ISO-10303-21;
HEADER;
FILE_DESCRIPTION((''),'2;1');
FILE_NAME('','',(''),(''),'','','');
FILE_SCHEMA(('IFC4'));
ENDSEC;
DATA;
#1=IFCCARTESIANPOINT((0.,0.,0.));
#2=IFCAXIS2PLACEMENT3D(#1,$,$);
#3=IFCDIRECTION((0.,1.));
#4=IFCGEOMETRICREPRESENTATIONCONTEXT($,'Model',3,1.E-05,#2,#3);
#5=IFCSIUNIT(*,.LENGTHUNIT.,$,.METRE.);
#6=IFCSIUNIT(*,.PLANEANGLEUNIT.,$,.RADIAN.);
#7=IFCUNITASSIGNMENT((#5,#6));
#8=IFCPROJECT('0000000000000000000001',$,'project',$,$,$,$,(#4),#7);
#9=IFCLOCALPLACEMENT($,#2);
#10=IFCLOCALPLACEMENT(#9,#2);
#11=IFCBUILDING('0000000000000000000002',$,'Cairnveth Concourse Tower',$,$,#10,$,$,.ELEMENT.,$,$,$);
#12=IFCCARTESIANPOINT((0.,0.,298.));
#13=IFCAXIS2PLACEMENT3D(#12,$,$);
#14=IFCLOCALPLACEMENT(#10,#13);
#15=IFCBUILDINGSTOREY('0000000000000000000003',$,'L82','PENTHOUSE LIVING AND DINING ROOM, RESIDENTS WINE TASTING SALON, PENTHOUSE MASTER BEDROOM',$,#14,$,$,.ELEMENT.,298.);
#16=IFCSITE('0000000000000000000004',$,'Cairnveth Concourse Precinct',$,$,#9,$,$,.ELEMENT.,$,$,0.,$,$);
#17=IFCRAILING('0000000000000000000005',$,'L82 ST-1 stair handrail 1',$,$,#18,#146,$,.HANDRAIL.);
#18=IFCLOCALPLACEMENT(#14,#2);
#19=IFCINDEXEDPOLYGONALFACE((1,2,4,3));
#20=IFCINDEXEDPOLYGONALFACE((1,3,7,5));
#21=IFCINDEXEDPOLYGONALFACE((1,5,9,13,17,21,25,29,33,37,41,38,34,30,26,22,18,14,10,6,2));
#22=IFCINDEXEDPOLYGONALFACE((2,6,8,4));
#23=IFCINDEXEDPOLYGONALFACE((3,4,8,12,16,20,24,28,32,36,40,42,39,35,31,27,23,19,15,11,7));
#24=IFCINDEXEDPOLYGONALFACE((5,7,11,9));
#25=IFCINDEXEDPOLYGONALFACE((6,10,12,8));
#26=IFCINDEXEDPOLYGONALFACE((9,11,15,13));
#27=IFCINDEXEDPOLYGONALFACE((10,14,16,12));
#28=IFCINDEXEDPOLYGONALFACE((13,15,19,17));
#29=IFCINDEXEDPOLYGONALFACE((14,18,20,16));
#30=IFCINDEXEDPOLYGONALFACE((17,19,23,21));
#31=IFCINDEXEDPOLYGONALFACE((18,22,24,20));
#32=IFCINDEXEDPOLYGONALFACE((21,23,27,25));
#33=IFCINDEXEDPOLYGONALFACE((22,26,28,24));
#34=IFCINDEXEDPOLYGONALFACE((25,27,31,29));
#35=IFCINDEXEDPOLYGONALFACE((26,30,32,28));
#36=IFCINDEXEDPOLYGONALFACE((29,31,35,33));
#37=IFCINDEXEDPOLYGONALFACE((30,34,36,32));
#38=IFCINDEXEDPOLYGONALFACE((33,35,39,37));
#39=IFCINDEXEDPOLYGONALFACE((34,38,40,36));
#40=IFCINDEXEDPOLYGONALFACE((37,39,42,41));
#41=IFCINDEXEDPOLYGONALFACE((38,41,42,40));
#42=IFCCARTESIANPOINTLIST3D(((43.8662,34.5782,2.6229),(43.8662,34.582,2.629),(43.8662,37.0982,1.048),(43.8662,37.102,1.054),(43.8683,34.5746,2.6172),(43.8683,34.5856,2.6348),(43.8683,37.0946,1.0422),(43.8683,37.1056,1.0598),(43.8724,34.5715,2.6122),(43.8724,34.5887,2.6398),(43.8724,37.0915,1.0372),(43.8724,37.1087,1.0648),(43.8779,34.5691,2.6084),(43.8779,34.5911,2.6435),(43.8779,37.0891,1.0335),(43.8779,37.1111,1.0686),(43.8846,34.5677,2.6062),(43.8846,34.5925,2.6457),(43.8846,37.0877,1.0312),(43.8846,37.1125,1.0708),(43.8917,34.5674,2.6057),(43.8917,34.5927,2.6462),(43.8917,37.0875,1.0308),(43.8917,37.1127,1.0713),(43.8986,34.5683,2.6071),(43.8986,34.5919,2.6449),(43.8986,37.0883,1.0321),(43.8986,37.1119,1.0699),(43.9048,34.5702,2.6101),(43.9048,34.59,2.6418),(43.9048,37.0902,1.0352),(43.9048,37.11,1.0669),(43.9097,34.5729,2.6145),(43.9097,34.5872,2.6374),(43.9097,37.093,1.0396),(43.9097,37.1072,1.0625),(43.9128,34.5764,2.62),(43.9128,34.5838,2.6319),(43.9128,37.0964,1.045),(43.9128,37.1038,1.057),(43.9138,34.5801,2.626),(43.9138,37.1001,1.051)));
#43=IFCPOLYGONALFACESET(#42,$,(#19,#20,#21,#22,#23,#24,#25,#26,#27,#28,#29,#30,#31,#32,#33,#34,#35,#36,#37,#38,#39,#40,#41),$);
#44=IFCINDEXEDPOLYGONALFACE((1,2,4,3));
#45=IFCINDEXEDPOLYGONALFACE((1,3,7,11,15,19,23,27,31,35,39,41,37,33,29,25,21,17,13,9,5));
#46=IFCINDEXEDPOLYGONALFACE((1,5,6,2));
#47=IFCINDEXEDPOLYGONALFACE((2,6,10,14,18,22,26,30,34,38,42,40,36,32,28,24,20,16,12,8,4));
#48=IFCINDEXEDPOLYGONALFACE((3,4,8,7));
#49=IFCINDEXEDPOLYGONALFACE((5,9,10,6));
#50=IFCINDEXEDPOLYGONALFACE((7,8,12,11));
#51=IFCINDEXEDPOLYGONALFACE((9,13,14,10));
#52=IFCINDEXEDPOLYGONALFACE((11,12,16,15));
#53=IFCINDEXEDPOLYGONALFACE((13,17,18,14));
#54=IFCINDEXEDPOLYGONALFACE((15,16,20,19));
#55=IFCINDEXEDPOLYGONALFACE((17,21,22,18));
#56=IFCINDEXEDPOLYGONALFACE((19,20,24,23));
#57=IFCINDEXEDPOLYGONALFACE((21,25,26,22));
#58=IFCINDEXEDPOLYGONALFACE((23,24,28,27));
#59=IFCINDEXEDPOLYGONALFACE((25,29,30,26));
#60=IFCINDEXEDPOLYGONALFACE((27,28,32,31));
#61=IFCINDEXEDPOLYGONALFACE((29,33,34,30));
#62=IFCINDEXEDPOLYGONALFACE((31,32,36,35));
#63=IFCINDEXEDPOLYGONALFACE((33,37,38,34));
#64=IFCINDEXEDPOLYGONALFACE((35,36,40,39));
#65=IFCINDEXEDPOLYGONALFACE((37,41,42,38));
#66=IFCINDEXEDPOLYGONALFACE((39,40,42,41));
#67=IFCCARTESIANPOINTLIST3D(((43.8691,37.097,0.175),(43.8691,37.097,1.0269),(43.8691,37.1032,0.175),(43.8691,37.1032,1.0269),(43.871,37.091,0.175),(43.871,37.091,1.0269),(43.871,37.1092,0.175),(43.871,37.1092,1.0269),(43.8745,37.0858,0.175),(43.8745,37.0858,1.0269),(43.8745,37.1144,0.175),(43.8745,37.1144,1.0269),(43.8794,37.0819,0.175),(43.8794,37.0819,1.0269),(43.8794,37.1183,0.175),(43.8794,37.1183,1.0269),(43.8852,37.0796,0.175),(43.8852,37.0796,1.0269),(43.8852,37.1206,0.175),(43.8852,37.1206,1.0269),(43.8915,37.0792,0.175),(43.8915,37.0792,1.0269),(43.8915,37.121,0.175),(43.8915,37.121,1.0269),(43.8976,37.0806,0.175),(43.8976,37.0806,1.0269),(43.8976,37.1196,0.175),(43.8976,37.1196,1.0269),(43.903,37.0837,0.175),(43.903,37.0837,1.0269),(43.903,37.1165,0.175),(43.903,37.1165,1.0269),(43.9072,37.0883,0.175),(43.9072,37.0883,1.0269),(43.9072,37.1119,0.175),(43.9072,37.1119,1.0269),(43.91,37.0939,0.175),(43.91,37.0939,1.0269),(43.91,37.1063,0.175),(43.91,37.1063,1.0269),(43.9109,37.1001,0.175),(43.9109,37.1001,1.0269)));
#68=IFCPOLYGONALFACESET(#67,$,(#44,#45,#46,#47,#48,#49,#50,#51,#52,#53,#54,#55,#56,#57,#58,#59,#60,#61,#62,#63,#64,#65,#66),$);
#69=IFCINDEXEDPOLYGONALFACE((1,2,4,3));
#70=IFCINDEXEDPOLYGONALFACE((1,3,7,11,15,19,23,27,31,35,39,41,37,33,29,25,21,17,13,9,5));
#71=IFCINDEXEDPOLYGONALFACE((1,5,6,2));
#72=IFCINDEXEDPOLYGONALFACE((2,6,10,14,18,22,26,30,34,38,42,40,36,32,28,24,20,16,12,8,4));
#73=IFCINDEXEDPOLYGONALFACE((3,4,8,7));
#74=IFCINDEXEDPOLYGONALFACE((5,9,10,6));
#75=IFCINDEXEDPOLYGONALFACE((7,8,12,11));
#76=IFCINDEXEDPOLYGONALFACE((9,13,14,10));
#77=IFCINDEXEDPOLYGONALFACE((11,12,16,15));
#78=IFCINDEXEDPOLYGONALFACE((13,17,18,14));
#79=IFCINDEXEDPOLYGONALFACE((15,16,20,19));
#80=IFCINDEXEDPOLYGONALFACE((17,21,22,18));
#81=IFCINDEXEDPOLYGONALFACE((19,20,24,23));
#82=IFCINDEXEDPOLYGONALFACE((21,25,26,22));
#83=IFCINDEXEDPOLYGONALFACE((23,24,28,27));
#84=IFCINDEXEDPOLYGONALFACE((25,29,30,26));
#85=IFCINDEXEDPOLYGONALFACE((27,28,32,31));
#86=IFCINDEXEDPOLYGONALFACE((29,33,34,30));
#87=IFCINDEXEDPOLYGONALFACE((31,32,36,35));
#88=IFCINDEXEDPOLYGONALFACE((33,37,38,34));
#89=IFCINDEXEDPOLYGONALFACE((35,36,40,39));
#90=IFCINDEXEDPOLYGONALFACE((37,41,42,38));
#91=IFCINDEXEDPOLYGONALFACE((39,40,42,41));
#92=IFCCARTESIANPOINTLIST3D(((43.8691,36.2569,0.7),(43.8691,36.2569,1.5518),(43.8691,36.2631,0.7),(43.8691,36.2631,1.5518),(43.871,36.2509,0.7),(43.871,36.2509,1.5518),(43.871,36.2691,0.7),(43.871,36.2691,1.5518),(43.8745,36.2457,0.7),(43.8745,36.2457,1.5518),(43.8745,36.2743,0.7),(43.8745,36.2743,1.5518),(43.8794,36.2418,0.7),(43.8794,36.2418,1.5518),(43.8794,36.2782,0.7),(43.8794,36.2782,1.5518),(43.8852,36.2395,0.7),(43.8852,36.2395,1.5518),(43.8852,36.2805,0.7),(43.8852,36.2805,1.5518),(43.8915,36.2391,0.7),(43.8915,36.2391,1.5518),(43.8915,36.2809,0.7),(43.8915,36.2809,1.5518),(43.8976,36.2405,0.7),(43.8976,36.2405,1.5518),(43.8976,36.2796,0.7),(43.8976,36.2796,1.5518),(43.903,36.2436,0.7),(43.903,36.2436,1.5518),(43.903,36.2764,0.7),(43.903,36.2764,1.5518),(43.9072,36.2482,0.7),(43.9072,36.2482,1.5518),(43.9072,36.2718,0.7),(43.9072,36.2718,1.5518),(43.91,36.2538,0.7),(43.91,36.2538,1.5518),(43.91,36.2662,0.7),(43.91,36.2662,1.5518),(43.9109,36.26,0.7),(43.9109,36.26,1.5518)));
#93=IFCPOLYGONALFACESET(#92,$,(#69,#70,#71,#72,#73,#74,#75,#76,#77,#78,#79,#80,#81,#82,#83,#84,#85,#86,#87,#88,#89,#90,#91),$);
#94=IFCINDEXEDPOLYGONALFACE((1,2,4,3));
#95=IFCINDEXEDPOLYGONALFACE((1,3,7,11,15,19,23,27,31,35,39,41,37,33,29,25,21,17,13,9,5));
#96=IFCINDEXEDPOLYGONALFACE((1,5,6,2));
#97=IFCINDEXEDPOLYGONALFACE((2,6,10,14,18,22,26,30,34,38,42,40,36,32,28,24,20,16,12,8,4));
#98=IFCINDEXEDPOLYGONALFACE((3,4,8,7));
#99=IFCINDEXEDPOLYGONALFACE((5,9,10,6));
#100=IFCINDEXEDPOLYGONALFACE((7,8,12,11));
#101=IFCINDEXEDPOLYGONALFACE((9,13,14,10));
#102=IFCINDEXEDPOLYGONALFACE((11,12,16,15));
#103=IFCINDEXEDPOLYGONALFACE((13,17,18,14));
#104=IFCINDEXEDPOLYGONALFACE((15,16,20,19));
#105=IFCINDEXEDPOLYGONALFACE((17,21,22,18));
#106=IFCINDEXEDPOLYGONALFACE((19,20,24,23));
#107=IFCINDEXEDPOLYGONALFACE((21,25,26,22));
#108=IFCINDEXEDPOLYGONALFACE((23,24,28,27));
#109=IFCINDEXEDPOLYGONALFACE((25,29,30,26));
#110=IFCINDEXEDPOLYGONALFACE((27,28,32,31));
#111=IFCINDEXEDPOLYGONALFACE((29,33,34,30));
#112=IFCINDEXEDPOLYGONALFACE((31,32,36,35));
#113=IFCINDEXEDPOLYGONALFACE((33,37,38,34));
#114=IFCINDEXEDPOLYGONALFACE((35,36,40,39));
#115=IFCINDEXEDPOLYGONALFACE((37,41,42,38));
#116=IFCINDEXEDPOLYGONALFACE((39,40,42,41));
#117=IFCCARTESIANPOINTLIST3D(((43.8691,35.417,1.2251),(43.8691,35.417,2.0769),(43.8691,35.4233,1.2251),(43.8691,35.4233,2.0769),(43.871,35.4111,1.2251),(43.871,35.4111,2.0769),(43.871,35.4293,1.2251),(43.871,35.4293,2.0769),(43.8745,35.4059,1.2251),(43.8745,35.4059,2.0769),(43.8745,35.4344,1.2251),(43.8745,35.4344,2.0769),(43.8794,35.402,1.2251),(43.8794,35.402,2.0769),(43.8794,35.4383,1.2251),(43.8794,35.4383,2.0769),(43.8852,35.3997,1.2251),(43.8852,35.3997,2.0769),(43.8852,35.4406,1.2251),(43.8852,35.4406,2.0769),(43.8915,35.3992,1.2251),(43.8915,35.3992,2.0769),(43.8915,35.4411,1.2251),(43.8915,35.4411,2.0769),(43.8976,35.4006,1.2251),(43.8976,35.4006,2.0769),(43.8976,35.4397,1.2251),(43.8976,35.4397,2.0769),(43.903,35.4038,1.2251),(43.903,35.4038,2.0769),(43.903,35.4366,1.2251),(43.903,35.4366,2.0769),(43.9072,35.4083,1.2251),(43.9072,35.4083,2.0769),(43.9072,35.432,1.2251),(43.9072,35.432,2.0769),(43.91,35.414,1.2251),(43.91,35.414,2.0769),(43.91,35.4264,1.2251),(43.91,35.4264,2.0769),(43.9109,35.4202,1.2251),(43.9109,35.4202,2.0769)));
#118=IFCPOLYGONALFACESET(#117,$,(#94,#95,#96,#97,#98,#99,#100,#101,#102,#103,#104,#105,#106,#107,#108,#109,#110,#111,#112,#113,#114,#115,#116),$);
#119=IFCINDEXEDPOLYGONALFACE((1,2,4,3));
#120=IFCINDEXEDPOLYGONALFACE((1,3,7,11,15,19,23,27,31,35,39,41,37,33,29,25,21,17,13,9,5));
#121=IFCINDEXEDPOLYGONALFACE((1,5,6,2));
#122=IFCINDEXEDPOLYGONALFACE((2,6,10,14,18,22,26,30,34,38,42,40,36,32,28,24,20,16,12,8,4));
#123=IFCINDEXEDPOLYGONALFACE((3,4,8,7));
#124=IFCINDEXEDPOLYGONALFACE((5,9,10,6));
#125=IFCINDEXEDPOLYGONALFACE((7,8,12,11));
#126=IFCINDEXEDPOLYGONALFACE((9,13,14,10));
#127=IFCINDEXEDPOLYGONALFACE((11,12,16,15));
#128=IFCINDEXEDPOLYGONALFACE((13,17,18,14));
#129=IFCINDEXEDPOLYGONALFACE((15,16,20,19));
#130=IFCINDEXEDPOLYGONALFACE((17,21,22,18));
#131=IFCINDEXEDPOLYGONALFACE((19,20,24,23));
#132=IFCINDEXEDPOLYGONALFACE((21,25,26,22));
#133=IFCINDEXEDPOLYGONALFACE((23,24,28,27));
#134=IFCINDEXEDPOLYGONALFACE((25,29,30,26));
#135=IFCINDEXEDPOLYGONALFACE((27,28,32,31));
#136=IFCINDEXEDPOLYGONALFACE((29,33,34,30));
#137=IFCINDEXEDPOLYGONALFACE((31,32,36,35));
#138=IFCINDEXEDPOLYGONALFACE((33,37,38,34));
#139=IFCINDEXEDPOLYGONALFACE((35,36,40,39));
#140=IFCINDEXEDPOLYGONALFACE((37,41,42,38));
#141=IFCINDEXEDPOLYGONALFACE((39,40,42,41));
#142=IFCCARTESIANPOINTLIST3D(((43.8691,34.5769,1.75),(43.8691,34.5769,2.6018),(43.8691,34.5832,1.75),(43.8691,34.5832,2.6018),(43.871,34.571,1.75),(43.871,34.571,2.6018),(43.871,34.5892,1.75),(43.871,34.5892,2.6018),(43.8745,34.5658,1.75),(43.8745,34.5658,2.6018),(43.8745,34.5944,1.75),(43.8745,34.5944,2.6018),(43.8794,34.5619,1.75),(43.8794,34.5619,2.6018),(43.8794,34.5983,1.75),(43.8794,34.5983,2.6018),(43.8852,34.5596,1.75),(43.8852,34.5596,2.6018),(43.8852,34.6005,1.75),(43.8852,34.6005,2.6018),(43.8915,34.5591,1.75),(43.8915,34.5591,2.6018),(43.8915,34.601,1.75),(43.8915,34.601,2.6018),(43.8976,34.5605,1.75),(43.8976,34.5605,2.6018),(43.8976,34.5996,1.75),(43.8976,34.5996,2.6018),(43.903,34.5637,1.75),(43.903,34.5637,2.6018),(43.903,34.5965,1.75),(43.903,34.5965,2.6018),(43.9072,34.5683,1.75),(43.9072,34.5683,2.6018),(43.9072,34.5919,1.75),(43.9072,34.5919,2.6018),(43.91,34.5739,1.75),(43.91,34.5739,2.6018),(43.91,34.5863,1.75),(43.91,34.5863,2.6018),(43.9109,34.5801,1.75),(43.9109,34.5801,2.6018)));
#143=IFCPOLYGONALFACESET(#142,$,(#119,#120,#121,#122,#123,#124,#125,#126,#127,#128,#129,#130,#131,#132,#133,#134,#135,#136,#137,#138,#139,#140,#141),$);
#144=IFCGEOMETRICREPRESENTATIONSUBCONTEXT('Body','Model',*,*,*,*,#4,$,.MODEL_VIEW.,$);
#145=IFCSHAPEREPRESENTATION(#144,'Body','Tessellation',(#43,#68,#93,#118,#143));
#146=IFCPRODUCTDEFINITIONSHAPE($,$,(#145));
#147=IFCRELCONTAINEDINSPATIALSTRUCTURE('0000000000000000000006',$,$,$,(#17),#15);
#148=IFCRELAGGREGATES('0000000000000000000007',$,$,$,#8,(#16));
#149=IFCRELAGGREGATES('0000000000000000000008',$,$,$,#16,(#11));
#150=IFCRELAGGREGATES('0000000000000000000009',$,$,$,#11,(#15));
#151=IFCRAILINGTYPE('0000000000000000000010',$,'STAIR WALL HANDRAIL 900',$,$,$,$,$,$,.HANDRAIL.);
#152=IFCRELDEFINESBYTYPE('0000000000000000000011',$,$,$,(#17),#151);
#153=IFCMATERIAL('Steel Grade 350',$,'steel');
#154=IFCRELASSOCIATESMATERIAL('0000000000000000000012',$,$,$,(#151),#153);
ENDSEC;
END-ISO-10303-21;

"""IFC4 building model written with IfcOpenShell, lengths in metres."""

from ifc_helpers import new_model, si_unit, direction, frame, origin, origin_2d, place, context, subcontext, project, spatial, circle, extrude, material, type_object, element, save


model = new_model("IFC4")

# Units and contexts
model_context = context("Model", 3, precision=1e-05, world=origin(), true_north=direction((0.0, 1.0)))
body_context = subcontext(model_context, "Body", "Model", "MODEL_VIEW")
ifc_project = project(units=[si_unit("LENGTHUNIT", "METRE"), si_unit("PLANEANGLEUNIT", "RADIAN")], contexts=[model_context])

# Site, building, storey
site_placement = place(None, origin())
site = spatial("IfcSite", under=ifc_project, at=site_placement, Name="Cairnveth Concourse Precinct", CompositionType="ELEMENT", RefElevation=0.0)
building_placement = place(site_placement, origin())
building = spatial("IfcBuilding", under=site, at=building_placement, Name="Cairnveth Concourse Tower", CompositionType="ELEMENT")
storey_placement = place(building_placement, frame((0.0, 0.0, 298.0)))
storey = spatial("IfcBuildingStorey", under=building, at=storey_placement, Name="L82", Description="PENTHOUSE LIVING AND DINING ROOM, RESIDENTS WINE TASTING SALON, PENTHOUSE MASTER BEDROOM", CompositionType="ELEMENT", Elevation=298.0)

# Shared definitions
ifc_material_1 = material(Name="Steel Grade 350", Category="steel")

# Railing
railing_type_1 = type_object("IfcRailingType", Name="STAIR WALL HANDRAIL 900", PredefinedType="HANDRAIL", material=ifc_material_1)
railing_1_placement = place(storey_placement, frame((43.8899, 37.1001, 0.175)))
element("IfcRailing", 1, at=railing_1_placement, inside=storey, type_object=railing_type_1, Name="L82 ST-1 stair handrail 1", PredefinedType="HANDRAIL", context=body_context, shape_type="SweptSolid", body=[
    extrude(circle(Radius=0.0239, at=origin_2d()), frame((0.0, 0.0, 0.876), z_axis=(0.0, -0.848008, 0.529984), x_axis=(1.0, 0.0, 0.0)), (0.0, 0.0, 1.0), 2.9717),
    extrude(circle(Radius=0.021, at=origin_2d()), origin(), (0.0, 0.0, 1.0), 0.8518),
    extrude(circle(Radius=0.021, at=origin_2d()), frame((0.0, -0.8401, 0.5249)), (0.0, 0.0, 1.0), 0.8518),
    extrude(circle(Radius=0.021, at=origin_2d()), frame((0.0, -1.6799, 1.05)), (0.0, 0.0, 1.0), 0.8518),
    extrude(circle(Radius=0.021, at=origin_2d()), frame((0.0, -2.52, 1.575)), (0.0, 0.0, 1.0), 0.8518),
])

save(model, "model.ifc")
